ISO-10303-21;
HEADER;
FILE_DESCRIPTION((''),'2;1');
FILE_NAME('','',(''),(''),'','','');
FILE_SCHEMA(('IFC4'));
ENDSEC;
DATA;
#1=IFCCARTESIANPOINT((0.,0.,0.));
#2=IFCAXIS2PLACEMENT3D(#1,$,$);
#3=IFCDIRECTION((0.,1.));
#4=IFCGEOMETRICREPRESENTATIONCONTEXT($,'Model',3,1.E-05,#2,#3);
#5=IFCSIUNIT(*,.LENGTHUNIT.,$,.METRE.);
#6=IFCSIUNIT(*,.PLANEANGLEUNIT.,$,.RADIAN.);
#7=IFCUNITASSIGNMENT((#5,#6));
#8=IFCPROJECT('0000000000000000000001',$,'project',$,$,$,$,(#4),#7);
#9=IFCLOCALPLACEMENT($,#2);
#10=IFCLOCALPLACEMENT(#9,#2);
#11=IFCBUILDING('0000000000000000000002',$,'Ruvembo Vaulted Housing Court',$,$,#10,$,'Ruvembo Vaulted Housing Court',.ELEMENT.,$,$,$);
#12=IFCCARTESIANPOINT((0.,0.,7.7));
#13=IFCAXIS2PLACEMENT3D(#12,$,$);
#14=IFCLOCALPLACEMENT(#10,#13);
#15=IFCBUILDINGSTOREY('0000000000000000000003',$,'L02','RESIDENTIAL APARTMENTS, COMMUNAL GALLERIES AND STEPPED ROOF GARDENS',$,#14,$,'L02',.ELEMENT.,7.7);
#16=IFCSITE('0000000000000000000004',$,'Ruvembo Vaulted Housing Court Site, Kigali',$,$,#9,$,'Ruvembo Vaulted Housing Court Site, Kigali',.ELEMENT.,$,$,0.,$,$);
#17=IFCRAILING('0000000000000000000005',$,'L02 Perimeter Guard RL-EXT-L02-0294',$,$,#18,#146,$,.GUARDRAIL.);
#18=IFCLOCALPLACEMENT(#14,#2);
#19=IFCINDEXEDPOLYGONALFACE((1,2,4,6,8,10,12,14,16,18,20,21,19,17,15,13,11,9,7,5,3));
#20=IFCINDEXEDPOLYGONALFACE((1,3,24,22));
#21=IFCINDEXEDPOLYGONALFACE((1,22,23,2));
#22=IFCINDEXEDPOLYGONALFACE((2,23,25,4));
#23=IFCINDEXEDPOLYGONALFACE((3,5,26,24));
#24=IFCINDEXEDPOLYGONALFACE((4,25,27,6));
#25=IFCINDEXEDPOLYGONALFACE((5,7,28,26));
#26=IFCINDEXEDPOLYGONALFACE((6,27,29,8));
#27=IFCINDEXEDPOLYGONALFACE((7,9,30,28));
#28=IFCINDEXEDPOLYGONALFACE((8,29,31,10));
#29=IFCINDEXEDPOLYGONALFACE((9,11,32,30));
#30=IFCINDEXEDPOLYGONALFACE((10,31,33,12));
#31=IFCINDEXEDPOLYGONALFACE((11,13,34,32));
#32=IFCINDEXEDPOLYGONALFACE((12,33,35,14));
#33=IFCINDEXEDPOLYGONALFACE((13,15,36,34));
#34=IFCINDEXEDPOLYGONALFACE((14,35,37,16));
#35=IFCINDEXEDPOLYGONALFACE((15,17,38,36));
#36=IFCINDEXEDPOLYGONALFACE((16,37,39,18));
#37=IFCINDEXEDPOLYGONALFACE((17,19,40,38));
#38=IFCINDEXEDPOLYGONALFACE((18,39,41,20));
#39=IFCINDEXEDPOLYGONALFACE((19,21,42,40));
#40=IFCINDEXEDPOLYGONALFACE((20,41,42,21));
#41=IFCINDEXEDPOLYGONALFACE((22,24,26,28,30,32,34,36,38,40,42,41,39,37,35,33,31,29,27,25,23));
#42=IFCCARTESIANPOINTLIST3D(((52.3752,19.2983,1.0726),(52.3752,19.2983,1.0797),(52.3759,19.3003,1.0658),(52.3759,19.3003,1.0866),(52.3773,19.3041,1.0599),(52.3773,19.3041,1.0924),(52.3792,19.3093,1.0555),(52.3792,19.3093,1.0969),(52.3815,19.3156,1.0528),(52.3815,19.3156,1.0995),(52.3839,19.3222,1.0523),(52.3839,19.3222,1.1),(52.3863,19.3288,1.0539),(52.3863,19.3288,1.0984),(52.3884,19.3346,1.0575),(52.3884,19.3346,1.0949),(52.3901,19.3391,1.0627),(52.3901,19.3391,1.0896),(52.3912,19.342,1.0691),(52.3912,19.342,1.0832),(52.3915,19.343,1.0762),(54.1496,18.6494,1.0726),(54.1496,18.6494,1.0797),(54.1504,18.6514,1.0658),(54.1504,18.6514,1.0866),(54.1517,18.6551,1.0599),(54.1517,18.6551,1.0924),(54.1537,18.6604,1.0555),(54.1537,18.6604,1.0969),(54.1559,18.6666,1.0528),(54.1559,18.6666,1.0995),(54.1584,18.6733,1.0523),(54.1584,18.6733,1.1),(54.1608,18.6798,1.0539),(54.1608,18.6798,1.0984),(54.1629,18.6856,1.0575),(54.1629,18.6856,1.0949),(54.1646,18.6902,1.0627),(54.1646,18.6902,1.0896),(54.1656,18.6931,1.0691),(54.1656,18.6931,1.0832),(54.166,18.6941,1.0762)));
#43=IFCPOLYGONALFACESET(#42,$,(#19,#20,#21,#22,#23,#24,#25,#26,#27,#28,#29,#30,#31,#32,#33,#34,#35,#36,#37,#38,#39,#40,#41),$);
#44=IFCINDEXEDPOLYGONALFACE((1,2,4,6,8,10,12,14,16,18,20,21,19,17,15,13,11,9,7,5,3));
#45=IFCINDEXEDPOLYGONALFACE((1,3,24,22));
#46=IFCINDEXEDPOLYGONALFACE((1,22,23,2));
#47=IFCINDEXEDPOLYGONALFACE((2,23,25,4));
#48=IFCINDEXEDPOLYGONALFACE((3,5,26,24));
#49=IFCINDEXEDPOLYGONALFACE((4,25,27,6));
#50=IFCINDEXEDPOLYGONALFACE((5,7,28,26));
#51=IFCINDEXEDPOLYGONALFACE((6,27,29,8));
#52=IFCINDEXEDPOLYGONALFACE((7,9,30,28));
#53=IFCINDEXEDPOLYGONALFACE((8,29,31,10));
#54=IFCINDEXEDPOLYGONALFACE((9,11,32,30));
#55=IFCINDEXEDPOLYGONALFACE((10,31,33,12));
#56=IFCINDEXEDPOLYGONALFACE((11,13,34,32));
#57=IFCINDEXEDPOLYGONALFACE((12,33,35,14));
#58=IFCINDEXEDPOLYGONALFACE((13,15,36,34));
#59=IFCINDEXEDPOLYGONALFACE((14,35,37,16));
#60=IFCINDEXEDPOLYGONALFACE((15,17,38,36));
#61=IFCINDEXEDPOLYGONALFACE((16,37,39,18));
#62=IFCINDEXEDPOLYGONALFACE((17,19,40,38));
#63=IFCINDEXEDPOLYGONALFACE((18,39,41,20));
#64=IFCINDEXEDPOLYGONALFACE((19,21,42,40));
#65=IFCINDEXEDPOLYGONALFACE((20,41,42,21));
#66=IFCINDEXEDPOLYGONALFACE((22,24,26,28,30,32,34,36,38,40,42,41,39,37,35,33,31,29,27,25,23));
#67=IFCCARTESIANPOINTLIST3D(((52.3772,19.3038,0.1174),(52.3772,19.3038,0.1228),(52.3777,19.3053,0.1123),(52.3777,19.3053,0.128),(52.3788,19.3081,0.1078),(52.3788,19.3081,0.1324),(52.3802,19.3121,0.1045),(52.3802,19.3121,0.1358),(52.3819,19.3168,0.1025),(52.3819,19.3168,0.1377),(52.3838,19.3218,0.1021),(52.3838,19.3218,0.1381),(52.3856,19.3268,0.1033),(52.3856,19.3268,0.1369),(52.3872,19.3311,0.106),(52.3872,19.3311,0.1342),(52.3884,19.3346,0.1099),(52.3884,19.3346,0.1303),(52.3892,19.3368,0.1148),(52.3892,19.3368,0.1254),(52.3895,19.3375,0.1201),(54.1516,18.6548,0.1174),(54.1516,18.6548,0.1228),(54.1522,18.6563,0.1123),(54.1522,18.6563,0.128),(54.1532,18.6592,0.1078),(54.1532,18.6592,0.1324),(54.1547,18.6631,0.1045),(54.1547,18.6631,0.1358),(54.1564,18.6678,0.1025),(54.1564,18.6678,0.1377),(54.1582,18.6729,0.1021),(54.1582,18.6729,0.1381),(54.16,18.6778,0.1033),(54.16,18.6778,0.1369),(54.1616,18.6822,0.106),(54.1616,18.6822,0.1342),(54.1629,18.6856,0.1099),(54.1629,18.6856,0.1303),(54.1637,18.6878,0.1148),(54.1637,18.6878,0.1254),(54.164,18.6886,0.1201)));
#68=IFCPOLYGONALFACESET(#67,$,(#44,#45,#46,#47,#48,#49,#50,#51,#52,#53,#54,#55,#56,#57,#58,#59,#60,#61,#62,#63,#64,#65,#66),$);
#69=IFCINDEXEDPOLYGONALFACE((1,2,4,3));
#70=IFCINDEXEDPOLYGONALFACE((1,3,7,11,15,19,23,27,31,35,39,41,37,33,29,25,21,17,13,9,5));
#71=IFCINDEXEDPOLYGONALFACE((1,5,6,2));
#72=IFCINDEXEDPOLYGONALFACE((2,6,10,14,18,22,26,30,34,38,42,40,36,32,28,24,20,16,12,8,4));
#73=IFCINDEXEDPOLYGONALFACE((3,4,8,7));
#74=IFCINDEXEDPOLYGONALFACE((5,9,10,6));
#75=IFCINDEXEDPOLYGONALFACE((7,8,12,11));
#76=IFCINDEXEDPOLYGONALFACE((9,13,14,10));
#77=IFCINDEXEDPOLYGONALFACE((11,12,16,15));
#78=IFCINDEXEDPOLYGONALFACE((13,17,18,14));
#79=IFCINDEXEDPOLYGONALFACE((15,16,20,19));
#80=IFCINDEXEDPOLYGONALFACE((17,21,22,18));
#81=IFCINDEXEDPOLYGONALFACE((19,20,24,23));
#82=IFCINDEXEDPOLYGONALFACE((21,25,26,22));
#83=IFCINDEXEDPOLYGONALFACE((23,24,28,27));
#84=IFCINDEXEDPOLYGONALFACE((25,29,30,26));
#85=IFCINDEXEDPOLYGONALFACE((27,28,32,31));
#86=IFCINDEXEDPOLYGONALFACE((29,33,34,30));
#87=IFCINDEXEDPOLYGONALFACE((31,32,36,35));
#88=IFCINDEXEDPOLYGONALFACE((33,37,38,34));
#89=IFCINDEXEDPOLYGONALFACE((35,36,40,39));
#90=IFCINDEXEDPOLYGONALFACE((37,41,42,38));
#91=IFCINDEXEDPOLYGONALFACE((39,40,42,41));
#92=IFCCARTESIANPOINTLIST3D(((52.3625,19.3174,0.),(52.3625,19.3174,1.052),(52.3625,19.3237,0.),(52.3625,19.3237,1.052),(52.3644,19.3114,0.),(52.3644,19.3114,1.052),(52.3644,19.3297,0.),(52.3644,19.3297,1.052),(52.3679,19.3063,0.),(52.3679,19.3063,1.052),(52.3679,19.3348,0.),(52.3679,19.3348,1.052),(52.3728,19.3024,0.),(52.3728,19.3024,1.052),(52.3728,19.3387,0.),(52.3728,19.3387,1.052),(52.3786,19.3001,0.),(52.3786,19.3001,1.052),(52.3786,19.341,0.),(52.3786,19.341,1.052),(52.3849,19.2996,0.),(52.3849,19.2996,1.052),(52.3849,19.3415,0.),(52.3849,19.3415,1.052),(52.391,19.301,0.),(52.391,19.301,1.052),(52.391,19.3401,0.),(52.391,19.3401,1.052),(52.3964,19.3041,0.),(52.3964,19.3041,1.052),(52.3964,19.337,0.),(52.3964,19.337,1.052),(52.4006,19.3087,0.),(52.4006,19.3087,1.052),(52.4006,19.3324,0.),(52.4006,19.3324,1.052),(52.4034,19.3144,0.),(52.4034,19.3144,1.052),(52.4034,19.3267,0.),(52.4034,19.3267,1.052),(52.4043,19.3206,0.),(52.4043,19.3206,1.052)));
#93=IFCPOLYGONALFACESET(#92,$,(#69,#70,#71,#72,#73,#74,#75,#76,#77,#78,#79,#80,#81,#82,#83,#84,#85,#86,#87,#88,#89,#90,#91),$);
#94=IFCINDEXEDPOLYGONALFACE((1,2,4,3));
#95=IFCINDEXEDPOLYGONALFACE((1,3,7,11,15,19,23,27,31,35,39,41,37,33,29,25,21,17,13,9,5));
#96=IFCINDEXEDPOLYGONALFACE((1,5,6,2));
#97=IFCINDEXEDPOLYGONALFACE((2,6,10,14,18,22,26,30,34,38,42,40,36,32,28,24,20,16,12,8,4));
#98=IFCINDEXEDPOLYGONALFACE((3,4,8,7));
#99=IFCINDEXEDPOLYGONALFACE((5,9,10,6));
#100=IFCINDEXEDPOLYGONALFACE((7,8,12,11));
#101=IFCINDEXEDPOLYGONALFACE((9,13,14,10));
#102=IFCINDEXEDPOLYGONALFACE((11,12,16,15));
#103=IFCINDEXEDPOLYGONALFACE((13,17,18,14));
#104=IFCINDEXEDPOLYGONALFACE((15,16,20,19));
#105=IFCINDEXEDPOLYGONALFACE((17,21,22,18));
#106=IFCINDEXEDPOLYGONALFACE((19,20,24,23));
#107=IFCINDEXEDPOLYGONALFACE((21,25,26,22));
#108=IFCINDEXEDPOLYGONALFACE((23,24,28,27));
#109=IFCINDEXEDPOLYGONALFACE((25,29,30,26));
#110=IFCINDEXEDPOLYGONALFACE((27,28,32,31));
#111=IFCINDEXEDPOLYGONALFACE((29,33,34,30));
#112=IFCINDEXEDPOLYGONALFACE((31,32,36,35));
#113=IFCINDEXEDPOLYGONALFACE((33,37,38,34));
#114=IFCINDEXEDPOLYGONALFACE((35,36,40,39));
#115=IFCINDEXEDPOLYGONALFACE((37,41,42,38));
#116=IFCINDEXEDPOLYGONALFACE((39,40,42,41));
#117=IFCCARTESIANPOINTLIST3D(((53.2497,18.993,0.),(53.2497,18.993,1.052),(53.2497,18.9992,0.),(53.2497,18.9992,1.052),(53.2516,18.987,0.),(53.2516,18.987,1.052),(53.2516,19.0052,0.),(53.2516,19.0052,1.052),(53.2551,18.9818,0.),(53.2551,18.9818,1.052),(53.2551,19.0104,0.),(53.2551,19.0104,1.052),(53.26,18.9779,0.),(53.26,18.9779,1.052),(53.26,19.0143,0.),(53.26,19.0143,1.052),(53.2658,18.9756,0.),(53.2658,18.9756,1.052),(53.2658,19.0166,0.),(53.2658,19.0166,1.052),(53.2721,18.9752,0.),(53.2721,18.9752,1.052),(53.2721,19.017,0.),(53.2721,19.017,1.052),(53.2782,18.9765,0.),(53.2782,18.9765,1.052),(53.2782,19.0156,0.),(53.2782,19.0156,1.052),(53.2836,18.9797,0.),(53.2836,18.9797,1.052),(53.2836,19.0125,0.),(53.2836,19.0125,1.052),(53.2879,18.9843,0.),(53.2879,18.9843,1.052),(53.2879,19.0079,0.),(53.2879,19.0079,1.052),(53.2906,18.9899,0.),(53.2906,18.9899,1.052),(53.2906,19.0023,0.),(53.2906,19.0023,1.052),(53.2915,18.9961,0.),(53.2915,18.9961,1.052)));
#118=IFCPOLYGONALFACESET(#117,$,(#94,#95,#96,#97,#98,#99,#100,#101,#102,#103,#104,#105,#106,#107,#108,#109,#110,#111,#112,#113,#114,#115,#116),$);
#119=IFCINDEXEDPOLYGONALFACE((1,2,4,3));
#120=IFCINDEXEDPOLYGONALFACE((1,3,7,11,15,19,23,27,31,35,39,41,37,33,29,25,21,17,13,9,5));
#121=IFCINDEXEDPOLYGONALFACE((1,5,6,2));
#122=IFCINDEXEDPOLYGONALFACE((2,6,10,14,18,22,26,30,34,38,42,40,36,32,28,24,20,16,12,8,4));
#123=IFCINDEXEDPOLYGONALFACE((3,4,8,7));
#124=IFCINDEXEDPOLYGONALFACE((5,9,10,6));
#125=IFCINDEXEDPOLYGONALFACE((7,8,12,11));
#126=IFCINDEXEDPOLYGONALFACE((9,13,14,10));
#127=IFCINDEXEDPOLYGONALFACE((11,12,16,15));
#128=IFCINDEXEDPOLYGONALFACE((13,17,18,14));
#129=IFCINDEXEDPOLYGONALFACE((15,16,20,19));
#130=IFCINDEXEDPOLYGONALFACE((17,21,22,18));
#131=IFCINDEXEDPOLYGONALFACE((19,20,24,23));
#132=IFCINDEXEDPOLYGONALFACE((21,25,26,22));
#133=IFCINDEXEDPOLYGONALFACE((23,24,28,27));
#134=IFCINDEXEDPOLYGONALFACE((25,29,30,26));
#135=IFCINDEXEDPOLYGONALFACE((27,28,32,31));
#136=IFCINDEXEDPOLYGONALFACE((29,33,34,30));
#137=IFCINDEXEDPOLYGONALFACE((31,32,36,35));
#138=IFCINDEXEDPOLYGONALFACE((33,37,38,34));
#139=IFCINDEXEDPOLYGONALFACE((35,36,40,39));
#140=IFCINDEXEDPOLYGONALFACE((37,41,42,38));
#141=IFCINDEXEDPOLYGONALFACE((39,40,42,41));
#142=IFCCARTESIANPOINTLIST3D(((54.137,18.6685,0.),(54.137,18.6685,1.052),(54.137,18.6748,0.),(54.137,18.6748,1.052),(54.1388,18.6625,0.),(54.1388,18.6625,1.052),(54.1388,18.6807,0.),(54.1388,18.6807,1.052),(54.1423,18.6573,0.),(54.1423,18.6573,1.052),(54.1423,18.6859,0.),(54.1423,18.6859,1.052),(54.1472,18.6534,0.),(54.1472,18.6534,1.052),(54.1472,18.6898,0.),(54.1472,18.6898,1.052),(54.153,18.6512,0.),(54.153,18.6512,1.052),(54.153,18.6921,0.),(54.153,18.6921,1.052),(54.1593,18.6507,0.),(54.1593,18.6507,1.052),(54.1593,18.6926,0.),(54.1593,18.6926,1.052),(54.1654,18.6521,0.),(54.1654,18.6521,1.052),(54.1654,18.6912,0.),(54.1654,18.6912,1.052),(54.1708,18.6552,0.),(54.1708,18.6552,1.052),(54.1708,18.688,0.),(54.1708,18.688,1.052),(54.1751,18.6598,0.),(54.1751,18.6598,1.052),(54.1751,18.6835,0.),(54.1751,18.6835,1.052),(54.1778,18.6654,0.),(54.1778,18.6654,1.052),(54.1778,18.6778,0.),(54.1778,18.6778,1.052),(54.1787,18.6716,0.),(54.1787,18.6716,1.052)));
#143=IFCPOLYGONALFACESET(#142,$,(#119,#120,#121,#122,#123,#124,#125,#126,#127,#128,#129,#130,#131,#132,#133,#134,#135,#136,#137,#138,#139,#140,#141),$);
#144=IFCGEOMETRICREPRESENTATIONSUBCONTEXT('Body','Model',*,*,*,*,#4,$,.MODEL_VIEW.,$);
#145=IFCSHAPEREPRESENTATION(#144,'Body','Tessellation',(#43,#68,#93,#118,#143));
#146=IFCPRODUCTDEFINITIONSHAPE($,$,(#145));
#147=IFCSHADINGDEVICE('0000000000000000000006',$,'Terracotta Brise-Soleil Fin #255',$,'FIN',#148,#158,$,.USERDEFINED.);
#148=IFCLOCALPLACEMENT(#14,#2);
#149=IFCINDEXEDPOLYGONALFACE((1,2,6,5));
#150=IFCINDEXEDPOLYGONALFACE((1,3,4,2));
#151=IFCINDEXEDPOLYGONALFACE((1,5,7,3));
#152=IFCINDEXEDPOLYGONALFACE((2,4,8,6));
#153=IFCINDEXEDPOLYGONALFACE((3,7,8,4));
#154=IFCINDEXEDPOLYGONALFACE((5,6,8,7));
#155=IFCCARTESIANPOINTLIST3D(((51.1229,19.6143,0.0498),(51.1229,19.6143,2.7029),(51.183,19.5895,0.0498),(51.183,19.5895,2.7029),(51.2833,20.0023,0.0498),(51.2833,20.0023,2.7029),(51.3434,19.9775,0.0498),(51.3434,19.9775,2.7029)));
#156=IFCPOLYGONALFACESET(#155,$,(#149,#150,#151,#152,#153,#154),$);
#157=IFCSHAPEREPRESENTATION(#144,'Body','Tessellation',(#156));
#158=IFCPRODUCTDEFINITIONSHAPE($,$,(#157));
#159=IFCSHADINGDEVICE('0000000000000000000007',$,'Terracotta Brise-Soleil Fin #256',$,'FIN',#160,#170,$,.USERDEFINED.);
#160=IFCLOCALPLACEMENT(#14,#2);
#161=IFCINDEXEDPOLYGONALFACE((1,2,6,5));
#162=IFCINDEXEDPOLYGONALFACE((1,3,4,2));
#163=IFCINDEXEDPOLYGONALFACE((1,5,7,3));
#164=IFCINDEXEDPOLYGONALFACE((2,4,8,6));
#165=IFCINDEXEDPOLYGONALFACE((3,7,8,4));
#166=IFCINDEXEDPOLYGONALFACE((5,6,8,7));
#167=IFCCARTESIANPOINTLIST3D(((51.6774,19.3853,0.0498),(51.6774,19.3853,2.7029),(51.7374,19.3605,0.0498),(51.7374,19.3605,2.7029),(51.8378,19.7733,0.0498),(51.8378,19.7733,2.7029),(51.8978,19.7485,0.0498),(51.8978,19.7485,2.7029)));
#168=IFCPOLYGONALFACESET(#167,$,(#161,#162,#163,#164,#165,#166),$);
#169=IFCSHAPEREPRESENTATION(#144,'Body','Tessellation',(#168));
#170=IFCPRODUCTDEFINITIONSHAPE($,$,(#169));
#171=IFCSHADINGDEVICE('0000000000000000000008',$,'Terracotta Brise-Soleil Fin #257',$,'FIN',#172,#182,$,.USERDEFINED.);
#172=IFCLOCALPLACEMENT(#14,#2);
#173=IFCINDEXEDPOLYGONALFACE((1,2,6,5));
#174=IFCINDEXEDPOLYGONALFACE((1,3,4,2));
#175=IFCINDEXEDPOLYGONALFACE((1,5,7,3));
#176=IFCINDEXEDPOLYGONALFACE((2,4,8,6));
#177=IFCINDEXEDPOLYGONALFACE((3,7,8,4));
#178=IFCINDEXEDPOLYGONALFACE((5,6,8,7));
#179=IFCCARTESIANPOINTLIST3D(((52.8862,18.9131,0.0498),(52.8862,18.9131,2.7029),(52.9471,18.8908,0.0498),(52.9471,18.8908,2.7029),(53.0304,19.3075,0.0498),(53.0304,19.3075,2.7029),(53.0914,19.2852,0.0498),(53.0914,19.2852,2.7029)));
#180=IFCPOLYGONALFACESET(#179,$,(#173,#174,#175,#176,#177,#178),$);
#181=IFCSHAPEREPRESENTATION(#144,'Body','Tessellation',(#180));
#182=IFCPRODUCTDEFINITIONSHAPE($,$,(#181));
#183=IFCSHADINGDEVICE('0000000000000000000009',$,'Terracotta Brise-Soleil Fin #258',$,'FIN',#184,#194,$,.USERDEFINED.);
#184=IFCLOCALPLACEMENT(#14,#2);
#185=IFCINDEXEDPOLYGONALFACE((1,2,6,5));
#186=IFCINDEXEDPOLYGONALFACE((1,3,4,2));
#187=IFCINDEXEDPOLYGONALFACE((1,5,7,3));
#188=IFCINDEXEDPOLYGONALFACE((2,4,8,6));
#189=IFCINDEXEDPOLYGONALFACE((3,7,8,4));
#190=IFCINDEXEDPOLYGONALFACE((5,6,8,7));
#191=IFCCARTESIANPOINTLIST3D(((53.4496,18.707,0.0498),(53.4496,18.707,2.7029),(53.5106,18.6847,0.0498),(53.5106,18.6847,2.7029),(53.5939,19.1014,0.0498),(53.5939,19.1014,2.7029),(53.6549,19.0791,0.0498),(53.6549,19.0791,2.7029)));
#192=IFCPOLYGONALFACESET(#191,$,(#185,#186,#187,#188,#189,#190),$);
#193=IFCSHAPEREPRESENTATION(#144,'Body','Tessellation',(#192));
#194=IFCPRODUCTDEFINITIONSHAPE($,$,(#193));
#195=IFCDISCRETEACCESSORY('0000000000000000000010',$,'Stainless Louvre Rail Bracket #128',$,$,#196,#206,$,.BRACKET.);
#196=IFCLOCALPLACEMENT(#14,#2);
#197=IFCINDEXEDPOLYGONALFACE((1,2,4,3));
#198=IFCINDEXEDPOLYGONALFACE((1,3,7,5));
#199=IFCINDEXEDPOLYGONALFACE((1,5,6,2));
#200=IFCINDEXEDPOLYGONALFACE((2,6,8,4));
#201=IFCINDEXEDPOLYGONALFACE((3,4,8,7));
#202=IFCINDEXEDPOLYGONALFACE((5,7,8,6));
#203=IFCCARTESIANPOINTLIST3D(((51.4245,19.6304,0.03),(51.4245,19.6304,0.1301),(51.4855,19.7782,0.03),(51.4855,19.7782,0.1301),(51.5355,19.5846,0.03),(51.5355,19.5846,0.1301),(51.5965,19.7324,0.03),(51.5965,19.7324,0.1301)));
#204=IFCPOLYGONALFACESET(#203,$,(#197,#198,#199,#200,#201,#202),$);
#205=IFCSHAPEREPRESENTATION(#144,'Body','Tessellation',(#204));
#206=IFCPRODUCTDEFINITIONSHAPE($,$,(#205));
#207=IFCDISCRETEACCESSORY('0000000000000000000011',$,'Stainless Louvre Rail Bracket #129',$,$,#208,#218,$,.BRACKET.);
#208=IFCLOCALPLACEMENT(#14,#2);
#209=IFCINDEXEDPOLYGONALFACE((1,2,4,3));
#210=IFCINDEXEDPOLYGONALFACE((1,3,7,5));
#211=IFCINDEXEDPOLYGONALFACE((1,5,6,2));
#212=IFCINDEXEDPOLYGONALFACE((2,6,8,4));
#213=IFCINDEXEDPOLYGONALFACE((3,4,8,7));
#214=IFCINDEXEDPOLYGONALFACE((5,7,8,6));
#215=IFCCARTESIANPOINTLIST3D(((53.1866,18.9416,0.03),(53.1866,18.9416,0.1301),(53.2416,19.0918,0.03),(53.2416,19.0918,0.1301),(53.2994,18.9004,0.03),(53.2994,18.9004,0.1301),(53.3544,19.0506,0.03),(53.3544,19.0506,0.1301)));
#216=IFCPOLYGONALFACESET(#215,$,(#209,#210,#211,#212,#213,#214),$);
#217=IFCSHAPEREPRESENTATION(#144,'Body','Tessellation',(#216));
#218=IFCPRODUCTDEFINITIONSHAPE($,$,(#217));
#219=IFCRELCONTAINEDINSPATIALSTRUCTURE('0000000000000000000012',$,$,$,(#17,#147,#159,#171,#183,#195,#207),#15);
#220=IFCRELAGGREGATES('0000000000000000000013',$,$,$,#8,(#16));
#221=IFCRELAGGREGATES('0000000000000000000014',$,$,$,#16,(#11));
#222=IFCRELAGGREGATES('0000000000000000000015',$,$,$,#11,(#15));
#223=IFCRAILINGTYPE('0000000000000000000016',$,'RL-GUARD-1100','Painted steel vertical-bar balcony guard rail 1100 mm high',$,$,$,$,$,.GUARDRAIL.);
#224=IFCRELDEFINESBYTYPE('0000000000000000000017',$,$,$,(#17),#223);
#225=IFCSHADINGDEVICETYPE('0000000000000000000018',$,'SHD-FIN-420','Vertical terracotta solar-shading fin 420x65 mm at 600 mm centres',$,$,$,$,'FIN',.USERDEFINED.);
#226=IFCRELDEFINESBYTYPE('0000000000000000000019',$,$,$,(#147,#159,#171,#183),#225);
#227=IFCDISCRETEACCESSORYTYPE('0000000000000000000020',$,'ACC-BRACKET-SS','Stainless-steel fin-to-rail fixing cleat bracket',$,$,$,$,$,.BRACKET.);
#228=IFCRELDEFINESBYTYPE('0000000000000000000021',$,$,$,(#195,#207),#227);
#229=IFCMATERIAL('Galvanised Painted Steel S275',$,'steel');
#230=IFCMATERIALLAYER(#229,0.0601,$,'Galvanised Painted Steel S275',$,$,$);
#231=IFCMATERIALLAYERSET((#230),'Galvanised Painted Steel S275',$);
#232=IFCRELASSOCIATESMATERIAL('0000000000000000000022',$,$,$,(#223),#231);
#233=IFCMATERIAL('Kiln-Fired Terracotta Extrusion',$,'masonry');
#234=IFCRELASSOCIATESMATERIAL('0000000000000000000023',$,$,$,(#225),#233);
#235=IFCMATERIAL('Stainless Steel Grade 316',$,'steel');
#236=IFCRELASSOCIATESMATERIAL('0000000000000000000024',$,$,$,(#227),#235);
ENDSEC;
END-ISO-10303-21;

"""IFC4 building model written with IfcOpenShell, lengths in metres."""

from ifc_helpers import new_model, si_unit, direction, frame, origin, origin_2d, place, context, subcontext, project, spatial, rectangle, circle, extrude, material, layer, layer_set, type_object, element, save


model = new_model("IFC4")

# Units and contexts
model_context = context("Model", 3, precision=1e-05, world=origin(), true_north=direction((0.0, 1.0)))
body_context = subcontext(model_context, "Body", "Model", "MODEL_VIEW")
ifc_project = project(units=[si_unit("LENGTHUNIT", "METRE"), si_unit("PLANEANGLEUNIT", "RADIAN")], contexts=[model_context])

# Site, building, storey
site_placement = place(None, origin())
site = spatial("IfcSite", under=ifc_project, at=site_placement, Name="Ruvembo Vaulted Housing Court Site, Kigali", LongName="Ruvembo Vaulted Housing Court Site, Kigali", CompositionType="ELEMENT", RefElevation=0.0)
building_placement = place(site_placement, origin())
building = spatial("IfcBuilding", under=site, at=building_placement, Name="Ruvembo Vaulted Housing Court", LongName="Ruvembo Vaulted Housing Court", CompositionType="ELEMENT")
storey_placement = place(building_placement, frame((0.0, 0.0, 7.7)))
storey = spatial("IfcBuildingStorey", under=building, at=storey_placement, Name="L02", Description="RESIDENTIAL APARTMENTS, COMMUNAL GALLERIES AND STEPPED ROOF GARDENS", LongName="L02", CompositionType="ELEMENT", Elevation=7.7)

# Railing
ifc_material_1 = material(Name="Galvanised Painted Steel S275", Category="steel")
ifc_layer_1 = layer(ifc_material_1, 0.0601, Name="Galvanised Painted Steel S275")
ifc_layer_set_1 = layer_set([ifc_layer_1], Name="Galvanised Painted Steel S275")
railing_type = type_object("IfcRailingType", Name="RL-GUARD-1100", Description="Painted steel vertical-bar balcony guard rail 1100 mm high", PredefinedType="GUARDRAIL", material=ifc_layer_set_1)
railing_1_placement = place(storey_placement, frame((52.3833, 19.3206, 0.0)))
element("IfcRailing", 1, at=railing_1_placement, inside=storey, type_object=railing_type, Name="L02 Perimeter Guard RL-EXT-L02-0294", PredefinedType="GUARDRAIL", context=body_context, shape_type="SweptSolid", body=[
    extrude(circle(Radius=0.0239, at=origin_2d()), frame((0.0, 0.0, 1.0762), z_axis=(0.939166, -0.343465, 0.0), x_axis=(0.343465, 0.939166, 0.0)), (0.0, 0.0, 1.0), 1.8894),
    extrude(circle(Radius=0.0181, at=origin_2d()), frame((0.0, 0.0, 0.1201), z_axis=(0.939166, -0.343465, 0.0), x_axis=(0.343465, 0.939166, 0.0)), (0.0, 0.0, 1.0), 1.8894),
    extrude(circle(Radius=0.021, at=origin_2d()), origin(), (0.0, 0.0, 1.0), 1.052),
    extrude(circle(Radius=0.021, at=origin_2d()), frame((0.8872, -0.3245, 0.0)), (0.0, 0.0, 1.0), 1.052),
    extrude(circle(Radius=0.021, at=origin_2d()), frame((1.7744, -0.6489, 0.0)), (0.0, 0.0, 1.0), 1.052),
])

# Shading devices
ifc_material_2 = material(Name="Kiln-Fired Terracotta Extrusion", Category="masonry")
shading_device_type = type_object("IfcShadingDeviceType", Name="SHD-FIN-420", Description="Vertical terracotta solar-shading fin 420x65 mm at 600 mm centres", ElementType="FIN", PredefinedType="USERDEFINED", material=ifc_material_2)
for number, where, z_axis, x_axis, name in (
    (2, (51.2332, 19.7959, 0.0498), (0.0, 0.0, 1.0), (-0.381958, -0.92418, 0.0), "Terracotta Brise-Soleil Fin #255"),
    (3, (51.7876, 19.5669, 0.0498), (0.0, 0.0, 1.0), (-0.381958, -0.92418, 0.0), "Terracotta Brise-Soleil Fin #256"),
    (4, (52.9888, 19.0991, 0.0498), (0.0, 0.0, 1.0), (-0.343512, -0.939148, 0.0), "Terracotta Brise-Soleil Fin #257"),
    (5, (53.5522, 18.8931, 0.0498), (0.0, 0.0, 1.0), (-0.343512, -0.939148, 0.0), "Terracotta Brise-Soleil Fin #258"),
):
    element("IfcShadingDevice", number, at=place(storey_placement, frame(where, z_axis=z_axis, x_axis=x_axis)), inside=storey, type_object=shading_device_type, Name=name, ObjectType="FIN", PredefinedType="USERDEFINED", context=body_context, shape_type="SweptSolid", body=[
        extrude(rectangle(XDim=0.4199, YDim=0.0649, at=origin_2d()), origin(), (0.0, 0.0, 1.0), 2.6531),
    ])

# Discrete accessories
ifc_material_3 = material(Name="Stainless Steel Grade 316", Category="steel")
discrete_accessory_type = type_object("IfcDiscreteAccessoryType", Name="ACC-BRACKET-SS", Description="Stainless-steel fin-to-rail fixing cleat bracket", PredefinedType="BRACKET", material=ifc_material_3)
for number, where, z_axis, x_axis, name in (
    (6, (51.5105, 19.6814, 0.03), (0.0, 0.0, 1.0), (-0.381958, -0.92418, 0.0), "Stainless Louvre Rail Bracket #128"),
    (7, (53.2705, 18.9961, 0.03), (0.0, 0.0, 1.0), (-0.343512, -0.939148, 0.0), "Stainless Louvre Rail Bracket #129"),
):
    element("IfcDiscreteAccessory", number, at=place(storey_placement, frame(where, z_axis=z_axis, x_axis=x_axis)), inside=storey, type_object=discrete_accessory_type, Name=name, PredefinedType="BRACKET", context=body_context, shape_type="SweptSolid", body=[
        extrude(rectangle(XDim=0.1599, YDim=0.1201, at=origin_2d()), origin(), (0.0, 0.0, 1.0), 0.1001),
    ])

save(model, "model.ifc")
